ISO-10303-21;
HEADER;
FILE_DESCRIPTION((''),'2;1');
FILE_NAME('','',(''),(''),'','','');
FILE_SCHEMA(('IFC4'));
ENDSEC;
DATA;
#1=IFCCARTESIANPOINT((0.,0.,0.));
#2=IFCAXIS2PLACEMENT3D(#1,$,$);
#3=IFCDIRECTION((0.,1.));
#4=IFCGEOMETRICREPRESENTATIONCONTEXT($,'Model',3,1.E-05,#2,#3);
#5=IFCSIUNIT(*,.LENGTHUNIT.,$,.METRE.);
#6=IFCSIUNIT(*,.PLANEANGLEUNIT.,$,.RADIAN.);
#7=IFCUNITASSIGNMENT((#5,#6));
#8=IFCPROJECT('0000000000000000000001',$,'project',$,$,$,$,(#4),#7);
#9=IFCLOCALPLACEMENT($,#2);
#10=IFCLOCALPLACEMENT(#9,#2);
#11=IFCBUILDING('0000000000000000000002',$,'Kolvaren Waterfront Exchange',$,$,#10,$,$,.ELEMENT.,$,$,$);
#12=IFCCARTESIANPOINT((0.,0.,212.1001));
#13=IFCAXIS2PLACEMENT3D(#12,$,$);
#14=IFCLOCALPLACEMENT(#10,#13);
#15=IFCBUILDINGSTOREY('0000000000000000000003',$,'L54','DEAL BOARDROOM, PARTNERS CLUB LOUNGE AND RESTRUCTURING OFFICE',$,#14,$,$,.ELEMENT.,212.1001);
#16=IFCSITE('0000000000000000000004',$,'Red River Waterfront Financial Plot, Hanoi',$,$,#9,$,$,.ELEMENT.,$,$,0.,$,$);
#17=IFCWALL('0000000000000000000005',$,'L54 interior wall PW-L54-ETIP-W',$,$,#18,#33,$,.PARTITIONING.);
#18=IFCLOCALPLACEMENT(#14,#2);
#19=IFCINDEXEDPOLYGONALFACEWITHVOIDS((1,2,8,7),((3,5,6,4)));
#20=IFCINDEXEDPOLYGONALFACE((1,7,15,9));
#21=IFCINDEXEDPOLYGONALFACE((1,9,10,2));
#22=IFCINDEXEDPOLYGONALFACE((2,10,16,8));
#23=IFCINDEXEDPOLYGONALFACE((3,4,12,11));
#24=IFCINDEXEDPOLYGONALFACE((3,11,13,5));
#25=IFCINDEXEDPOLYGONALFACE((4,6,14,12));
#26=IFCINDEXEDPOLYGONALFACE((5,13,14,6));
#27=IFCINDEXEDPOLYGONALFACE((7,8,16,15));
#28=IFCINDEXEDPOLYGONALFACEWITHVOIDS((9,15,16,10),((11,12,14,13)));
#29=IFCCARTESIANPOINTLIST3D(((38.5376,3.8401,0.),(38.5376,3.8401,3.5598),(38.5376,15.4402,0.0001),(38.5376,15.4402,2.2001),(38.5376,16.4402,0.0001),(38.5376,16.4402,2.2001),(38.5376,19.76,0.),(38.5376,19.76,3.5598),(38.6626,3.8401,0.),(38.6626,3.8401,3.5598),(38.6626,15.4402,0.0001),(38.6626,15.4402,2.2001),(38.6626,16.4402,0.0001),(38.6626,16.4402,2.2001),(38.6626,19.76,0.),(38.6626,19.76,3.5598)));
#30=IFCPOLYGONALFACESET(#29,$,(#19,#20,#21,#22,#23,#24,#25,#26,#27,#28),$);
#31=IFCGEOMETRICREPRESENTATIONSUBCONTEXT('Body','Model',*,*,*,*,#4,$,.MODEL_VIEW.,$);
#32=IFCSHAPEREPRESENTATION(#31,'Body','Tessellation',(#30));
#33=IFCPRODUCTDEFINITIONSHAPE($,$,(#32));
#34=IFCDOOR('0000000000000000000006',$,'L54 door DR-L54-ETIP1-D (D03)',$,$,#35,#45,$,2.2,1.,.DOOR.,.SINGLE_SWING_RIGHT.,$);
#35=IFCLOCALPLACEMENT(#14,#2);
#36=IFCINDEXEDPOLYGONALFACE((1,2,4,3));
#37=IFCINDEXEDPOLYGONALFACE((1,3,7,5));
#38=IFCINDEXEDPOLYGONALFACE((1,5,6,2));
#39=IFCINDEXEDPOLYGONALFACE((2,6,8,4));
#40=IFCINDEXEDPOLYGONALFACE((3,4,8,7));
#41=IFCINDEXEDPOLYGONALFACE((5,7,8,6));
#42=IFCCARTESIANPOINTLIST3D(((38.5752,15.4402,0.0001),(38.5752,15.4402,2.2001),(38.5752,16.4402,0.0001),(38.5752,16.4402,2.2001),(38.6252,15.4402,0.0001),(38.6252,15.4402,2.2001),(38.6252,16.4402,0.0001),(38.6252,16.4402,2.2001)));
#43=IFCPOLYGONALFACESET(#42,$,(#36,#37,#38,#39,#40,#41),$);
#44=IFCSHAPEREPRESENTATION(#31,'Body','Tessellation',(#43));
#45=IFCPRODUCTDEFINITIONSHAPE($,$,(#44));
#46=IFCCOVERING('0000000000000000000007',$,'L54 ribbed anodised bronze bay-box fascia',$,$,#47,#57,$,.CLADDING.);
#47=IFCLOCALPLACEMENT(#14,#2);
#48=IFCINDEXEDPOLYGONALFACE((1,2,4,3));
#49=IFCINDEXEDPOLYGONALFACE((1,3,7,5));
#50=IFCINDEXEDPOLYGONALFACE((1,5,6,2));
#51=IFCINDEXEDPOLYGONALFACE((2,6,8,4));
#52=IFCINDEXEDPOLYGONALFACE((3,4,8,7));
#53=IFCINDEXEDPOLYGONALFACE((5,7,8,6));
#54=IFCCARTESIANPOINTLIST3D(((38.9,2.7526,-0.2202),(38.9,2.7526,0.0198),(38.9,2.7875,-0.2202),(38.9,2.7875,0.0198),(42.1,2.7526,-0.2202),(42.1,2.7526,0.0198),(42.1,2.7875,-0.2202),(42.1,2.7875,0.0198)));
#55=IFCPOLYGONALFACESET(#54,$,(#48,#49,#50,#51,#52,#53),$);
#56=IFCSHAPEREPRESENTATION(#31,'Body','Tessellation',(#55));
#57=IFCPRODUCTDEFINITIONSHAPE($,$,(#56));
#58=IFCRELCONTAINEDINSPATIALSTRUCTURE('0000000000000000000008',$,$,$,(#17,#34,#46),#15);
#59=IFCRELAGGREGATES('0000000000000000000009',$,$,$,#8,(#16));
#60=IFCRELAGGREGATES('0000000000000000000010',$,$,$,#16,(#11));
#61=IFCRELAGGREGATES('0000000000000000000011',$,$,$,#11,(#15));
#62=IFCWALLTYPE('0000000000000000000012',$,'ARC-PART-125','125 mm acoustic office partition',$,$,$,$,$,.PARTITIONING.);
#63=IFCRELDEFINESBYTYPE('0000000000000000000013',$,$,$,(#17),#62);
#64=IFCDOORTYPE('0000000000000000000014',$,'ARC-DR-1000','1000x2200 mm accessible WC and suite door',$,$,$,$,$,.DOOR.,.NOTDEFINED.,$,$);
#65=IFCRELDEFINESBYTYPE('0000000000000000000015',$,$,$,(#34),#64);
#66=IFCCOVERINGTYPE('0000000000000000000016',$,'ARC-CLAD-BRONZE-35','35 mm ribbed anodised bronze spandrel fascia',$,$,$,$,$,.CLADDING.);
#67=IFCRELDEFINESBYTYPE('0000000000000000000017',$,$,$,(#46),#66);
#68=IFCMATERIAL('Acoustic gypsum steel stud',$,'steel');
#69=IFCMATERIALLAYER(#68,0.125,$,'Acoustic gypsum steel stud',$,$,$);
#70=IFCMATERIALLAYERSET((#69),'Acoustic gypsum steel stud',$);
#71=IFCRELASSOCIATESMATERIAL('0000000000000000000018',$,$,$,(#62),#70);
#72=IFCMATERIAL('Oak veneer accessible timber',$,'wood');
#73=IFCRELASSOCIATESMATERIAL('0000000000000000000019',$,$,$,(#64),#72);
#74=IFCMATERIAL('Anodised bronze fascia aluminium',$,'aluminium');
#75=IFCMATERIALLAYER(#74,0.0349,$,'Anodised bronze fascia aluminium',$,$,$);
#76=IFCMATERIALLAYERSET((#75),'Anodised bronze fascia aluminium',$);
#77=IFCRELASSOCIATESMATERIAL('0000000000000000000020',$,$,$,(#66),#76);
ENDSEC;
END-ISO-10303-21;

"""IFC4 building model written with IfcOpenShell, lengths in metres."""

from ifc_helpers import new_model, si_unit, direction, frame, frame_2d, origin, origin_2d, place, context, subcontext, project, spatial, rectangle, extrude, material, layer, layer_set, type_object, element, fill, save


model = new_model("IFC4")

# Units and contexts
model_context = context("Model", 3, precision=1e-05, world=origin(), true_north=direction((0.0, 1.0)))
body_context = subcontext(model_context, "Body", "Model", "MODEL_VIEW")
ifc_project = project(units=[si_unit("LENGTHUNIT", "METRE"), si_unit("PLANEANGLEUNIT", "RADIAN")], contexts=[model_context])

# Site, building, storey
site_placement = place(None, origin())
site = spatial("IfcSite", under=ifc_project, at=site_placement, Name="Red River Waterfront Financial Plot, Hanoi", CompositionType="ELEMENT", RefElevation=0.0)
building_placement = place(site_placement, origin())
building = spatial("IfcBuilding", under=site, at=building_placement, Name="Kolvaren Waterfront Exchange", CompositionType="ELEMENT")
storey_placement = place(building_placement, frame((0.0, 0.0, 212.1001)))
storey = spatial("IfcBuildingStorey", under=building, at=storey_placement, Name="L54", Description="DEAL BOARDROOM, PARTNERS CLUB LOUNGE AND RESTRUCTURING OFFICE", CompositionType="ELEMENT", Elevation=212.1001)

# Wall, opening, door
ifc_material_1 = material(Name="Acoustic gypsum steel stud", Category="steel")
ifc_layer_1 = layer(ifc_material_1, 0.125, Name="Acoustic gypsum steel stud")
ifc_layer_set_1 = layer_set([ifc_layer_1], Name="Acoustic gypsum steel stud")
wall_type_1 = type_object("IfcWallType", Name="ARC-PART-125", Description="125 mm acoustic office partition", PredefinedType="PARTITIONING", material=ifc_layer_set_1)
wall_1_placement = place(storey_placement, frame((38.6001, 3.8401, 0.0), z_axis=(0.0, 0.0, 1.0), x_axis=(0.0, 1.0, 0.0)))
wall_1 = element("IfcWall", 1, at=wall_1_placement, inside=storey, type_object=wall_type_1, Name="L54 interior wall PW-L54-ETIP-W", PredefinedType="PARTITIONING", context=body_context, shape_type="SweptSolid", body=[
    extrude(rectangle(XDim=15.9199, YDim=0.125, at=frame_2d((7.96, 0.0))), origin(), (0.0, 0.0, 1.0), 3.5598),
])
opening_placement = place(wall_1_placement, frame((11.6001, 0.0, 0.0)))
opening = element("IfcOpeningElement", 2, at=opening_placement, cuts=wall_1, PredefinedType="OPENING", context=body_context, shape_type="SweptSolid", body=[
    extrude(rectangle(XDim=1.0, YDim=2.2, at=frame_2d((0.5, 1.1001))), frame((0.0, 0.0725, 0.0), z_axis=(0.0, -1.0, 0.0), x_axis=(1.0, 0.0, 0.0)), (0.0, 0.0, 1.0), 0.145),
])
ifc_material_2 = material(Name="Oak veneer accessible timber", Category="wood")
door_type = type_object("IfcDoorType", Name="ARC-DR-1000", Description="1000x2200 mm accessible WC and suite door", OperationType="NOTDEFINED", PredefinedType="DOOR", material=ifc_material_2)
door_placement = place(opening_placement, origin())
door = element("IfcDoor", 3, at=door_placement, inside=storey, type_object=door_type, Name="L54 door DR-L54-ETIP1-D (D03)", OperationType="SINGLE_SWING_RIGHT", OverallHeight=2.2, OverallWidth=1.0, PredefinedType="DOOR", context=body_context, shape_type="SweptSolid", body=[
    extrude(rectangle(XDim=1.0, YDim=2.2, at=frame_2d((0.5, 1.1001))), frame((0.0, 0.0249, 0.0), z_axis=(0.0, -1.0, 0.0), x_axis=(1.0, 0.0, 0.0)), (0.0, 0.0, 1.0), 0.05),
])
fill(opening, door)

# Covering
ifc_material_3 = material(Name="Anodised bronze fascia aluminium", Category="aluminium")
ifc_layer_2 = layer(ifc_material_3, 0.0349, Name="Anodised bronze fascia aluminium")
ifc_layer_set_2 = layer_set([ifc_layer_2], Name="Anodised bronze fascia aluminium")
covering_type = type_object("IfcCoveringType", Name="ARC-CLAD-BRONZE-35", Description="35 mm ribbed anodised bronze spandrel fascia", PredefinedType="CLADDING", material=ifc_layer_set_2)
covering_placement = place(storey_placement, frame((40.5, 2.77, -0.2202), z_axis=(0.0, 0.0, 1.0), x_axis=(1.0, 0.0, 0.0)))
element("IfcCovering", 4, at=covering_placement, inside=storey, type_object=covering_type, Name="L54 ribbed anodised bronze bay-box fascia", PredefinedType="CLADDING", context=body_context, shape_type="SweptSolid", body=[
    extrude(rectangle(XDim=3.2, YDim=0.0349, at=origin_2d()), origin(), (0.0, 0.0, 1.0), 0.24),
])

save(model, "model.ifc")
